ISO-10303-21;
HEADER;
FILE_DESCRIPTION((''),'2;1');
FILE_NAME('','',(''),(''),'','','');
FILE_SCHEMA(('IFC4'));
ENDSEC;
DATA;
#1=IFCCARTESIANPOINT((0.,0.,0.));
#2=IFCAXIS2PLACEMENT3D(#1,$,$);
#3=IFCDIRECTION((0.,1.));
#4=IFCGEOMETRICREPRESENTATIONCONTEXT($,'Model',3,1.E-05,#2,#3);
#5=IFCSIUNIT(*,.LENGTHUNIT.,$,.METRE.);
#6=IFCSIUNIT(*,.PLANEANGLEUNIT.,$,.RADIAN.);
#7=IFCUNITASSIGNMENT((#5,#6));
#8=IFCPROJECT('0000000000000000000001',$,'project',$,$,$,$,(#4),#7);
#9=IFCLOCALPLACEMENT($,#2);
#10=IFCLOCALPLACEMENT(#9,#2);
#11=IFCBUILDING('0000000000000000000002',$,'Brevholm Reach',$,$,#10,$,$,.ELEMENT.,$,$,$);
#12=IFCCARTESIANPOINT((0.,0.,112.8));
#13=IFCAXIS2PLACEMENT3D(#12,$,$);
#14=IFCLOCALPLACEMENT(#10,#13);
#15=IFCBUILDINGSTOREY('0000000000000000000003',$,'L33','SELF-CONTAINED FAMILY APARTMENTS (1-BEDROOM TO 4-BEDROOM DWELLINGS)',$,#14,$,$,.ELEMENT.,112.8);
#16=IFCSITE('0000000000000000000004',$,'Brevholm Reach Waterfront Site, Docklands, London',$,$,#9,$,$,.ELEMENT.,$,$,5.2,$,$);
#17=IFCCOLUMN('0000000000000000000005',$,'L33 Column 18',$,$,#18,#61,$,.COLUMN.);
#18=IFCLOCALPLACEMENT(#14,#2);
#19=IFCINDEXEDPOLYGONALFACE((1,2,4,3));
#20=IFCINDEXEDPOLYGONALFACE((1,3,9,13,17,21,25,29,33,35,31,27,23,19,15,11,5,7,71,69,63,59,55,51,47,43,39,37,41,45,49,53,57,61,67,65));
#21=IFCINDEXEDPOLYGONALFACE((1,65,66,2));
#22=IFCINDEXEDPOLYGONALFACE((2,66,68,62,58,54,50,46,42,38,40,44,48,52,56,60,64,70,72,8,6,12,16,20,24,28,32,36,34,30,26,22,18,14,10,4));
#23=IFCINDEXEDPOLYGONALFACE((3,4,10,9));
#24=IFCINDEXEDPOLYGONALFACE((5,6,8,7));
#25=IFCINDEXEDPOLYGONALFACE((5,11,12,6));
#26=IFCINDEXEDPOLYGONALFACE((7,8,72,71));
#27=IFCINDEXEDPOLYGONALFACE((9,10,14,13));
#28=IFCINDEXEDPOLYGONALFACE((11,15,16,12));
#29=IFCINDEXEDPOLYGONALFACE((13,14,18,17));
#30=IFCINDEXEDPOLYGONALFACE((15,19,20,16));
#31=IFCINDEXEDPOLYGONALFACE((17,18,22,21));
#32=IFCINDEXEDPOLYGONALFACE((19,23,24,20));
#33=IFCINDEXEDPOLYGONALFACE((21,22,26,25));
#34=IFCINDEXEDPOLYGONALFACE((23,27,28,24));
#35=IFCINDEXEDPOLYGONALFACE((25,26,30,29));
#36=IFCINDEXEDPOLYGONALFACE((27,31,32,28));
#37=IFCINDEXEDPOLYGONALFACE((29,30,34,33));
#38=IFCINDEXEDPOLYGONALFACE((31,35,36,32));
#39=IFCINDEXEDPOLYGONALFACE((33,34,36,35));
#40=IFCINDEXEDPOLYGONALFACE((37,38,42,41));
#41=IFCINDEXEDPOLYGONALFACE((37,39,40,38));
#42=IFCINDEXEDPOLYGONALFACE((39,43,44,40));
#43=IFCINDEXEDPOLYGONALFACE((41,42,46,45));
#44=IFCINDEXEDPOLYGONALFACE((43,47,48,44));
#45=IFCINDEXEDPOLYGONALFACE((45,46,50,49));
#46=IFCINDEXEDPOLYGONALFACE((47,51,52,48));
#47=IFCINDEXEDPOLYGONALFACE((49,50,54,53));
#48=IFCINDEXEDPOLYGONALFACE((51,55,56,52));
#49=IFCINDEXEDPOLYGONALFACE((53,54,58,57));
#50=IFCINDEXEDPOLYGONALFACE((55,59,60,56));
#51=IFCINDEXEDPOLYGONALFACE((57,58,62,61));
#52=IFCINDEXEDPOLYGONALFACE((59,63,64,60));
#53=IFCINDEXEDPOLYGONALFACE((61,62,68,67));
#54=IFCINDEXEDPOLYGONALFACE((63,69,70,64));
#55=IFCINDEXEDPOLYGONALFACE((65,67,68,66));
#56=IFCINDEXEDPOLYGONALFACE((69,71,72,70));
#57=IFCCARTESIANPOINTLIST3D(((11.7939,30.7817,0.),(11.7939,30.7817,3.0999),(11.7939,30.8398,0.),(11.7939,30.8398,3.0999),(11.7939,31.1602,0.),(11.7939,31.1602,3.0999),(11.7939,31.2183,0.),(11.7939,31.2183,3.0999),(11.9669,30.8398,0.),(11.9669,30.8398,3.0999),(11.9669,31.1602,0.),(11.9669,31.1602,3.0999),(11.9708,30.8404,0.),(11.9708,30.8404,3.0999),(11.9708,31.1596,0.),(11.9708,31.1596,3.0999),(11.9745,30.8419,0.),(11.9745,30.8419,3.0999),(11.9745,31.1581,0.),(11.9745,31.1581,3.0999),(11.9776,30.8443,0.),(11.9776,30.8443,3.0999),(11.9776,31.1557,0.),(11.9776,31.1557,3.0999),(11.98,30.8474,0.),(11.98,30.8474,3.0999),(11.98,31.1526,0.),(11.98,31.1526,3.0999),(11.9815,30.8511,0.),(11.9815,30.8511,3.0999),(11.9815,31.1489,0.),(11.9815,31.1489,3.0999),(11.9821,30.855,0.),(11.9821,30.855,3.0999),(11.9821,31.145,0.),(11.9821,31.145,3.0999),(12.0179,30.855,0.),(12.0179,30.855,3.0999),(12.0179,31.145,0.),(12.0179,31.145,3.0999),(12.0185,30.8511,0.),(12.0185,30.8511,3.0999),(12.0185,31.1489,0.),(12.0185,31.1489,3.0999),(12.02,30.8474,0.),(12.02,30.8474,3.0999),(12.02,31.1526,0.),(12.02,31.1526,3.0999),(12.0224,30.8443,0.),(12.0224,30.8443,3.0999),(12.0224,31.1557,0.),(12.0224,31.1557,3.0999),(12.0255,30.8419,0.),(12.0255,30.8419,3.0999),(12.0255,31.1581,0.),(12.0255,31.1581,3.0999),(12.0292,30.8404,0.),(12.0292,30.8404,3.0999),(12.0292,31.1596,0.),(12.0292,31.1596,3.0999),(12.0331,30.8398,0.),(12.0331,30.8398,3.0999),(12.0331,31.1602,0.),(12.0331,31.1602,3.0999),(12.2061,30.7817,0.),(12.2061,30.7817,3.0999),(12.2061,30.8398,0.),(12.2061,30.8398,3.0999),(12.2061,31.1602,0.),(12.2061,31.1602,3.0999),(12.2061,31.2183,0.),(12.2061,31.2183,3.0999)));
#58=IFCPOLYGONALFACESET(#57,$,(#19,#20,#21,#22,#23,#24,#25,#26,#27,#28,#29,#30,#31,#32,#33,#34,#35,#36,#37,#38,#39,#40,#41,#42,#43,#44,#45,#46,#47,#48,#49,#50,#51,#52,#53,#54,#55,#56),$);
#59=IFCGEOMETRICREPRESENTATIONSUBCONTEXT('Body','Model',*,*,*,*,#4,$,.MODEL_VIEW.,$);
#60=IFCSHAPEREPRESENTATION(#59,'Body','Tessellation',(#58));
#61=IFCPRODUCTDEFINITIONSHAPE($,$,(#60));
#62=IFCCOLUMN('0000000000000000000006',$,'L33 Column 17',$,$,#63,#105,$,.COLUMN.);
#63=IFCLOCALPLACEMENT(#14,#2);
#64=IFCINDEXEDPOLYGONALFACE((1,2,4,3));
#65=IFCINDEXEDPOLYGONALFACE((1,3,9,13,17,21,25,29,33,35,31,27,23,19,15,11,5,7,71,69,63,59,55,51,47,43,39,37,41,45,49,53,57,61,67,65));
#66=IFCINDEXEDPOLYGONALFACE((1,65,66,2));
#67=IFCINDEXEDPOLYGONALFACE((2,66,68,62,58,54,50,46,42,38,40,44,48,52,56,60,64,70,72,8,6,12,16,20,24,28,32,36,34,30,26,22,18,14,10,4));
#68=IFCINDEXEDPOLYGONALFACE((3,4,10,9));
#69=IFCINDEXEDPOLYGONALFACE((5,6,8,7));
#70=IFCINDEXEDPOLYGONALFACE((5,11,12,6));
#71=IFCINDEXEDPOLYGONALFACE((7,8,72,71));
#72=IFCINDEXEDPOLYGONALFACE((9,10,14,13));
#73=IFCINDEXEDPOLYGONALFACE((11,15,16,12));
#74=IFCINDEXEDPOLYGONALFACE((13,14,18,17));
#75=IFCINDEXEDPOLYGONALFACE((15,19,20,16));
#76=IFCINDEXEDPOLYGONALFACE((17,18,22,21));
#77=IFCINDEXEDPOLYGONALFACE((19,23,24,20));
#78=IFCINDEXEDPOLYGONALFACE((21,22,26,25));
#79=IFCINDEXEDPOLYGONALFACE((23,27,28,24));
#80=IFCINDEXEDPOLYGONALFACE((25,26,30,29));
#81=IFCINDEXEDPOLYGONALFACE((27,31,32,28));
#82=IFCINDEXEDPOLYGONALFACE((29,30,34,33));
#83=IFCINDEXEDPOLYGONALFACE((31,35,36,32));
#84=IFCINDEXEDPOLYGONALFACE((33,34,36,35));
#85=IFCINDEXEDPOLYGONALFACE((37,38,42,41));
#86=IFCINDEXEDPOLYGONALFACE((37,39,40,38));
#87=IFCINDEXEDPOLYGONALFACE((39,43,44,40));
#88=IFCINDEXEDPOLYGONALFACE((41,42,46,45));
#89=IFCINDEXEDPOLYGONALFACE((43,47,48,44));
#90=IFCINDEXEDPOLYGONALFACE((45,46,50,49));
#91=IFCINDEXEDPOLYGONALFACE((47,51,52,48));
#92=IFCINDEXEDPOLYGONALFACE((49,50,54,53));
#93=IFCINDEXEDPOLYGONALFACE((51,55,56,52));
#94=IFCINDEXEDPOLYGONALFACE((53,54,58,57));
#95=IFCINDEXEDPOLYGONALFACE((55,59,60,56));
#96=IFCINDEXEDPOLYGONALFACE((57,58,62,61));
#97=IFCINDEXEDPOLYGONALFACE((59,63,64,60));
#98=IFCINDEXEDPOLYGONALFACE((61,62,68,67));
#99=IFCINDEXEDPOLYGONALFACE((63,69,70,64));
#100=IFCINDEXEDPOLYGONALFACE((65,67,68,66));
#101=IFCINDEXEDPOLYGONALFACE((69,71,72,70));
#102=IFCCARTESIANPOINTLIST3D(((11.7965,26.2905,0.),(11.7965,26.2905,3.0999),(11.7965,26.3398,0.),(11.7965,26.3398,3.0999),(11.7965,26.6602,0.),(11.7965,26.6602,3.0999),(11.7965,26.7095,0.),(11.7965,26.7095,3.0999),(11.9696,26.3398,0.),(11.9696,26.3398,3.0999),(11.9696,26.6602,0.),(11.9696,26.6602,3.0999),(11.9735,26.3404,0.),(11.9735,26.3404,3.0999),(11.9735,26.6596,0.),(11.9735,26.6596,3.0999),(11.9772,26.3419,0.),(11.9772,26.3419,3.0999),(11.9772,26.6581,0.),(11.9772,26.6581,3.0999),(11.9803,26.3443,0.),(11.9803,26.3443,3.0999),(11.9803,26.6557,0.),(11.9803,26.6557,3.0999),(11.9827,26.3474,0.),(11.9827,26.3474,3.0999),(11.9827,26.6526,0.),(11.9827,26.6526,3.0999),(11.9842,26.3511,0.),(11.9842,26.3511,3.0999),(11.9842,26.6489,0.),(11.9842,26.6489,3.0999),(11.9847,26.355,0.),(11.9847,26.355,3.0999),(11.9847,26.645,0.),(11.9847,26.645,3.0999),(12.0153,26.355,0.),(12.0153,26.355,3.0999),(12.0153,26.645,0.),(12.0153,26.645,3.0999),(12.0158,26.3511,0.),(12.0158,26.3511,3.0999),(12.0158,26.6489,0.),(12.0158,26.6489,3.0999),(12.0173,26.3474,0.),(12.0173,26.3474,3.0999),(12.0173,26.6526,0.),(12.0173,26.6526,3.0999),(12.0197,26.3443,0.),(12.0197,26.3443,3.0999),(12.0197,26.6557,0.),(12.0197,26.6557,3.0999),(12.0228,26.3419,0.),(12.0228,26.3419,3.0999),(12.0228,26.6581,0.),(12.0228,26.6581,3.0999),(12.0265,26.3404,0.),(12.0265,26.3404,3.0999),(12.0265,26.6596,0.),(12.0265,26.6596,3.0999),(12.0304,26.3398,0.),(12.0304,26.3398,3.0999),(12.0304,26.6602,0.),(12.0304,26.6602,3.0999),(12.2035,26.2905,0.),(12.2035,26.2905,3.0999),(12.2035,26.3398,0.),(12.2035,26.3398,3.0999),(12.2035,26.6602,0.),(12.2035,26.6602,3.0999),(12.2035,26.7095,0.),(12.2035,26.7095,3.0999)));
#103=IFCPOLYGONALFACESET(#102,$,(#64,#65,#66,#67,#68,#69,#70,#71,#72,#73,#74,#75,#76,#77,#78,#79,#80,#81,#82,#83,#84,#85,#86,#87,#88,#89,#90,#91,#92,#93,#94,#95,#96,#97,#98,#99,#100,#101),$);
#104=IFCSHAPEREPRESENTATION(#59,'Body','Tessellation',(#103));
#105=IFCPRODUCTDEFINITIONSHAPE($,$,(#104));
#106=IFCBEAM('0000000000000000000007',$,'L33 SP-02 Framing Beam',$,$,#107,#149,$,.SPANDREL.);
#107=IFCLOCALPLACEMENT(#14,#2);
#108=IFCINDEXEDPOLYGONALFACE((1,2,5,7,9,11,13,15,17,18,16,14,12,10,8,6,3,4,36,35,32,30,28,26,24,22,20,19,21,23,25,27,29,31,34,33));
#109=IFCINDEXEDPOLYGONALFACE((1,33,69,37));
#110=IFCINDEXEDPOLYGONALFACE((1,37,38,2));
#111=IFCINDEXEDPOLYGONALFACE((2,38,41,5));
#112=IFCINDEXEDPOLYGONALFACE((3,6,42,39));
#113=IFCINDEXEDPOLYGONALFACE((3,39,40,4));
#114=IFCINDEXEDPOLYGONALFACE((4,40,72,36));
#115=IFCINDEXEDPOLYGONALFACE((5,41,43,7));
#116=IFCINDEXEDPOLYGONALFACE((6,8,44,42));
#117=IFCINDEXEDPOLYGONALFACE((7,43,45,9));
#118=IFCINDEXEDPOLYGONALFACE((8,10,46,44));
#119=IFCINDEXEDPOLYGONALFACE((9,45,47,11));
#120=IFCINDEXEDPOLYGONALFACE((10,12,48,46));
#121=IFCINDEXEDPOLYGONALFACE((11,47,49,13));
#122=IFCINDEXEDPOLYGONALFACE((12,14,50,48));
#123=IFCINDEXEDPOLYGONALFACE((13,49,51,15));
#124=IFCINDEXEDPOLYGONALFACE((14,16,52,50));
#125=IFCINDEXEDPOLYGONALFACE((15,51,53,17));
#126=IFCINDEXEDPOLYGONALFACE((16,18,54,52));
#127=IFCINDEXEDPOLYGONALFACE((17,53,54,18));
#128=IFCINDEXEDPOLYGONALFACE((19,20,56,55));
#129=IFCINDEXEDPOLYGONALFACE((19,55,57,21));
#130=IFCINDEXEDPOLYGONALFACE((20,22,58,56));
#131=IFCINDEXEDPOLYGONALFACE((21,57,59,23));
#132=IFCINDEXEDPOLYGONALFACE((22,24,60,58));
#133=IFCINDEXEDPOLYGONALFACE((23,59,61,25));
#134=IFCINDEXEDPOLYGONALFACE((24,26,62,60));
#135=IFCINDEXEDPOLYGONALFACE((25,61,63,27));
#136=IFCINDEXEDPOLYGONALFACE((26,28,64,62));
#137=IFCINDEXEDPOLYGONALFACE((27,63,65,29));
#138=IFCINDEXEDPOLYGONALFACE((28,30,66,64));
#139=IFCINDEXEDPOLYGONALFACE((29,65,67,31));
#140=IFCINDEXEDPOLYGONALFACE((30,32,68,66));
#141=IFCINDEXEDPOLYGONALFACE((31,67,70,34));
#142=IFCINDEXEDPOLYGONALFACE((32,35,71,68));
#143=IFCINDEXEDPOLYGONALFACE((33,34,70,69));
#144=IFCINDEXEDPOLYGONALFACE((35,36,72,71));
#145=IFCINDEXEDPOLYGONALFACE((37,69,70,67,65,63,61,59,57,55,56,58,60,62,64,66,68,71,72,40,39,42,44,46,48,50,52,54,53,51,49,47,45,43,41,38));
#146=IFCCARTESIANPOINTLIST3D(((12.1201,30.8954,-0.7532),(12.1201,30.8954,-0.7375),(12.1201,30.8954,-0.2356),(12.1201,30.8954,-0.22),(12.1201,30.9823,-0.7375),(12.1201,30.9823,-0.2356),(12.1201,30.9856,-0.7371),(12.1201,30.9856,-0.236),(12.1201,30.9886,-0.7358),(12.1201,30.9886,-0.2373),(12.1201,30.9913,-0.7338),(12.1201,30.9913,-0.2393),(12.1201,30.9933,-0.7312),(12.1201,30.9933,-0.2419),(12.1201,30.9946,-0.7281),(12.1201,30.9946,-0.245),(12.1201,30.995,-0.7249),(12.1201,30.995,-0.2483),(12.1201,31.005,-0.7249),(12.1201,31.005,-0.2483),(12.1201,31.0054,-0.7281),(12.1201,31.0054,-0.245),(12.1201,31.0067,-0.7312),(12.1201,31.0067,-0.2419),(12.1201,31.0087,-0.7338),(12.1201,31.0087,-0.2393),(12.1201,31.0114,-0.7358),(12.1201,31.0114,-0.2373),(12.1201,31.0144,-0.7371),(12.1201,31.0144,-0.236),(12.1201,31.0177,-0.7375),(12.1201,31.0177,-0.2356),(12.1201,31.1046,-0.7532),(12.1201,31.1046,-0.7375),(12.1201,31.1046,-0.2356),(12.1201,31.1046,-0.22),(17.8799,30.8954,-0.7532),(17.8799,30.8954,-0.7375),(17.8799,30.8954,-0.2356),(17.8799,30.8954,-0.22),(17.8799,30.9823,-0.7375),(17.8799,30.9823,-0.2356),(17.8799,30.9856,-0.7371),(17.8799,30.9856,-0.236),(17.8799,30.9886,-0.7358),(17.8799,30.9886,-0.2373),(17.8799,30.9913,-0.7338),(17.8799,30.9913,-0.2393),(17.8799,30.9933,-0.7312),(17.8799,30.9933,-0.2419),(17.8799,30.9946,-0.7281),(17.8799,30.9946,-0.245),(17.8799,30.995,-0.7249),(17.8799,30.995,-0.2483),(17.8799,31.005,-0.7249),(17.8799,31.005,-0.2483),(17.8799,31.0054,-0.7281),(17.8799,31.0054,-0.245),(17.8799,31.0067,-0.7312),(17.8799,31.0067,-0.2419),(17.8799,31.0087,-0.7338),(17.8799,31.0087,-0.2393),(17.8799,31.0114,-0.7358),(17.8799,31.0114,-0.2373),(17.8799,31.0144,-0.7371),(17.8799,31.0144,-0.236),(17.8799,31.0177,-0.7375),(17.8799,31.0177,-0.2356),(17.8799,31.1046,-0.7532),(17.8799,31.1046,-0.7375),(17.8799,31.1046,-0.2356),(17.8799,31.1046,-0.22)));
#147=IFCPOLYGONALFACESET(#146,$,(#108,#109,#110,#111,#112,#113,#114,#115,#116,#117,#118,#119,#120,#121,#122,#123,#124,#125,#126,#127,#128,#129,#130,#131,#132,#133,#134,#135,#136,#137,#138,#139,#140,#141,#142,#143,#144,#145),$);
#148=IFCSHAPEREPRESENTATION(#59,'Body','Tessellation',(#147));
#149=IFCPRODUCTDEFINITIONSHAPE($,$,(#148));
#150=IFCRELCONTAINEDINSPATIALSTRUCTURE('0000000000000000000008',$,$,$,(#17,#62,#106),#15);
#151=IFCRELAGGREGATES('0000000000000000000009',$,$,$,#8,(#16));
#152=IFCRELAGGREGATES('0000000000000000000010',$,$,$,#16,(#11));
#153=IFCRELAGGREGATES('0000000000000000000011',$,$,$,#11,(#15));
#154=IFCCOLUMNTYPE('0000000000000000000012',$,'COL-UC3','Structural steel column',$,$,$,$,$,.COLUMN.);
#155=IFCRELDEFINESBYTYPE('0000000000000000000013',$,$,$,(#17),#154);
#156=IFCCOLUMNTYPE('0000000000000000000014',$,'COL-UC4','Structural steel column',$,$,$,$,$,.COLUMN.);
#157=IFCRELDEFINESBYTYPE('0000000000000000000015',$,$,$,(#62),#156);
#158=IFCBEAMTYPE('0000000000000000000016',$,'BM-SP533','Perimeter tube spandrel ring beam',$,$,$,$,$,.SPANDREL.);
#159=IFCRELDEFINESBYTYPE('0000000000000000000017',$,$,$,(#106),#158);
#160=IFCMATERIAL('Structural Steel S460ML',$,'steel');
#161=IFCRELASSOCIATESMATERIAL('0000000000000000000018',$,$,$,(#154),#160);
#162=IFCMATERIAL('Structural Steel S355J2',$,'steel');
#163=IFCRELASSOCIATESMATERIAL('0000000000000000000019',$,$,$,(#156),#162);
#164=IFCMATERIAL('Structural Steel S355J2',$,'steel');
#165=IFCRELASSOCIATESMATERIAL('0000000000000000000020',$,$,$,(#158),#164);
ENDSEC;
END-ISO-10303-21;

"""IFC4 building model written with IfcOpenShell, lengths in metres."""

from ifc_helpers import new_model, si_unit, direction, frame, origin, origin_2d, place, context, subcontext, project, spatial, i_section, extrude, material, material_profile, profile_set, type_object, element, save


model = new_model("IFC4")

# Units and contexts
model_context = context("Model", 3, precision=1e-05, world=origin(), true_north=direction((0.0, 1.0)))
body_context = subcontext(model_context, "Body", "Model", "MODEL_VIEW")
ifc_project = project(units=[si_unit("LENGTHUNIT", "METRE"), si_unit("PLANEANGLEUNIT", "RADIAN")], contexts=[model_context])

# Site, building, storey
site_placement = place(None, origin())
site = spatial("IfcSite", under=ifc_project, at=site_placement, Name="Brevholm Reach Waterfront Site, Docklands, London", CompositionType="ELEMENT", RefElevation=5.2)
building_placement = place(site_placement, origin())
building = spatial("IfcBuilding", under=site, at=building_placement, Name="Brevholm Reach", CompositionType="ELEMENT")
storey_placement = place(building_placement, frame((0.0, 0.0, 112.8)))
storey = spatial("IfcBuildingStorey", under=building, at=storey_placement, Name="L33", Description="SELF-CONTAINED FAMILY APARTMENTS (1-BEDROOM TO 4-BEDROOM DWELLINGS)", CompositionType="ELEMENT", Elevation=112.8)

# Columns
ifc_material_1 = material(Name="Structural Steel S460ML", Category="steel")
ifc_material_profile_1 = material_profile(ifc_material_1, i_section(OverallWidth=0.4121, OverallDepth=0.4365, WebThickness=0.0359, FlangeThickness=0.0581, FilletRadius=0.0151, at=origin_2d()), Name="UKC 356x406x467")
ifc_profile_set_1 = profile_set([ifc_material_profile_1], Name="Structural Steel S460ML")
column_type_1 = type_object("IfcColumnType", Name="COL-UC3", Description="Structural steel column", PredefinedType="COLUMN", material=ifc_profile_set_1)
column_1_placement = place(storey_placement, frame((12.0, 31.0, 0.0), z_axis=(0.0, 0.0, 1.0), x_axis=(1.0, 0.0, 0.0)))
element("IfcColumn", 1, at=column_1_placement, inside=storey, type_object=column_type_1, Name="L33 Column 18", PredefinedType="COLUMN", context=body_context, shape_type="SweptSolid", body=[
    extrude(i_section(OverallWidth=0.4121, OverallDepth=0.4365, WebThickness=0.0359, FlangeThickness=0.0581, FilletRadius=0.0151, at=origin_2d()), origin(), (0.0, 0.0, 1.0), 3.0999),
])
ifc_material_2 = material(Name="Structural Steel S355J2", Category="steel")
ifc_material_profile_2 = material_profile(ifc_material_2, i_section(OverallWidth=0.407, OverallDepth=0.4189, WebThickness=0.0305, FlangeThickness=0.0493, FilletRadius=0.0151, at=origin_2d()), Name="UKC 356x406x393")
ifc_profile_set_2 = profile_set([ifc_material_profile_2], Name="Structural Steel S355J2")
column_type_2 = type_object("IfcColumnType", Name="COL-UC4", Description="Structural steel column", PredefinedType="COLUMN", material=ifc_profile_set_2)
column_2_placement = place(storey_placement, frame((12.0, 26.5, 0.0), z_axis=(0.0, 0.0, 1.0), x_axis=(1.0, 0.0, 0.0)))
element("IfcColumn", 2, at=column_2_placement, inside=storey, type_object=column_type_2, Name="L33 Column 17", PredefinedType="COLUMN", context=body_context, shape_type="SweptSolid", body=[
    extrude(i_section(OverallWidth=0.407, OverallDepth=0.4189, WebThickness=0.0305, FlangeThickness=0.0493, FilletRadius=0.0151, at=origin_2d()), origin(), (0.0, 0.0, 1.0), 3.0999),
])

# Beam
ifc_material_3 = material(Name="Structural Steel S355J2", Category="steel")
ifc_material_profile_3 = material_profile(ifc_material_3, i_section(OverallWidth=0.2092, OverallDepth=0.5332, WebThickness=0.01, FlangeThickness=0.0156, FilletRadius=0.0127, at=origin_2d()), Name="UKB 533x210x92")
ifc_profile_set_3 = profile_set([ifc_material_profile_3], Name="Structural Steel S355J2")
beam_type_1 = type_object("IfcBeamType", Name="BM-SP533", Description="Perimeter tube spandrel ring beam", PredefinedType="SPANDREL", material=ifc_profile_set_3)
beam_1_placement = place(storey_placement, frame((12.1201, 31.0, -0.4866), z_axis=(1.0, 0.0, 0.0), x_axis=(0.0, 1.0, 0.0)))
element("IfcBeam", 3, at=beam_1_placement, inside=storey, type_object=beam_type_1, Name="L33 SP-02 Framing Beam", PredefinedType="SPANDREL", context=body_context, shape_type="SweptSolid", body=[
    extrude(i_section(OverallWidth=0.2092, OverallDepth=0.5332, WebThickness=0.01, FlangeThickness=0.0156, FilletRadius=0.0127, at=origin_2d()), origin(), (0.0, 0.0, 1.0), 5.7598),
])

save(model, "model.ifc")
